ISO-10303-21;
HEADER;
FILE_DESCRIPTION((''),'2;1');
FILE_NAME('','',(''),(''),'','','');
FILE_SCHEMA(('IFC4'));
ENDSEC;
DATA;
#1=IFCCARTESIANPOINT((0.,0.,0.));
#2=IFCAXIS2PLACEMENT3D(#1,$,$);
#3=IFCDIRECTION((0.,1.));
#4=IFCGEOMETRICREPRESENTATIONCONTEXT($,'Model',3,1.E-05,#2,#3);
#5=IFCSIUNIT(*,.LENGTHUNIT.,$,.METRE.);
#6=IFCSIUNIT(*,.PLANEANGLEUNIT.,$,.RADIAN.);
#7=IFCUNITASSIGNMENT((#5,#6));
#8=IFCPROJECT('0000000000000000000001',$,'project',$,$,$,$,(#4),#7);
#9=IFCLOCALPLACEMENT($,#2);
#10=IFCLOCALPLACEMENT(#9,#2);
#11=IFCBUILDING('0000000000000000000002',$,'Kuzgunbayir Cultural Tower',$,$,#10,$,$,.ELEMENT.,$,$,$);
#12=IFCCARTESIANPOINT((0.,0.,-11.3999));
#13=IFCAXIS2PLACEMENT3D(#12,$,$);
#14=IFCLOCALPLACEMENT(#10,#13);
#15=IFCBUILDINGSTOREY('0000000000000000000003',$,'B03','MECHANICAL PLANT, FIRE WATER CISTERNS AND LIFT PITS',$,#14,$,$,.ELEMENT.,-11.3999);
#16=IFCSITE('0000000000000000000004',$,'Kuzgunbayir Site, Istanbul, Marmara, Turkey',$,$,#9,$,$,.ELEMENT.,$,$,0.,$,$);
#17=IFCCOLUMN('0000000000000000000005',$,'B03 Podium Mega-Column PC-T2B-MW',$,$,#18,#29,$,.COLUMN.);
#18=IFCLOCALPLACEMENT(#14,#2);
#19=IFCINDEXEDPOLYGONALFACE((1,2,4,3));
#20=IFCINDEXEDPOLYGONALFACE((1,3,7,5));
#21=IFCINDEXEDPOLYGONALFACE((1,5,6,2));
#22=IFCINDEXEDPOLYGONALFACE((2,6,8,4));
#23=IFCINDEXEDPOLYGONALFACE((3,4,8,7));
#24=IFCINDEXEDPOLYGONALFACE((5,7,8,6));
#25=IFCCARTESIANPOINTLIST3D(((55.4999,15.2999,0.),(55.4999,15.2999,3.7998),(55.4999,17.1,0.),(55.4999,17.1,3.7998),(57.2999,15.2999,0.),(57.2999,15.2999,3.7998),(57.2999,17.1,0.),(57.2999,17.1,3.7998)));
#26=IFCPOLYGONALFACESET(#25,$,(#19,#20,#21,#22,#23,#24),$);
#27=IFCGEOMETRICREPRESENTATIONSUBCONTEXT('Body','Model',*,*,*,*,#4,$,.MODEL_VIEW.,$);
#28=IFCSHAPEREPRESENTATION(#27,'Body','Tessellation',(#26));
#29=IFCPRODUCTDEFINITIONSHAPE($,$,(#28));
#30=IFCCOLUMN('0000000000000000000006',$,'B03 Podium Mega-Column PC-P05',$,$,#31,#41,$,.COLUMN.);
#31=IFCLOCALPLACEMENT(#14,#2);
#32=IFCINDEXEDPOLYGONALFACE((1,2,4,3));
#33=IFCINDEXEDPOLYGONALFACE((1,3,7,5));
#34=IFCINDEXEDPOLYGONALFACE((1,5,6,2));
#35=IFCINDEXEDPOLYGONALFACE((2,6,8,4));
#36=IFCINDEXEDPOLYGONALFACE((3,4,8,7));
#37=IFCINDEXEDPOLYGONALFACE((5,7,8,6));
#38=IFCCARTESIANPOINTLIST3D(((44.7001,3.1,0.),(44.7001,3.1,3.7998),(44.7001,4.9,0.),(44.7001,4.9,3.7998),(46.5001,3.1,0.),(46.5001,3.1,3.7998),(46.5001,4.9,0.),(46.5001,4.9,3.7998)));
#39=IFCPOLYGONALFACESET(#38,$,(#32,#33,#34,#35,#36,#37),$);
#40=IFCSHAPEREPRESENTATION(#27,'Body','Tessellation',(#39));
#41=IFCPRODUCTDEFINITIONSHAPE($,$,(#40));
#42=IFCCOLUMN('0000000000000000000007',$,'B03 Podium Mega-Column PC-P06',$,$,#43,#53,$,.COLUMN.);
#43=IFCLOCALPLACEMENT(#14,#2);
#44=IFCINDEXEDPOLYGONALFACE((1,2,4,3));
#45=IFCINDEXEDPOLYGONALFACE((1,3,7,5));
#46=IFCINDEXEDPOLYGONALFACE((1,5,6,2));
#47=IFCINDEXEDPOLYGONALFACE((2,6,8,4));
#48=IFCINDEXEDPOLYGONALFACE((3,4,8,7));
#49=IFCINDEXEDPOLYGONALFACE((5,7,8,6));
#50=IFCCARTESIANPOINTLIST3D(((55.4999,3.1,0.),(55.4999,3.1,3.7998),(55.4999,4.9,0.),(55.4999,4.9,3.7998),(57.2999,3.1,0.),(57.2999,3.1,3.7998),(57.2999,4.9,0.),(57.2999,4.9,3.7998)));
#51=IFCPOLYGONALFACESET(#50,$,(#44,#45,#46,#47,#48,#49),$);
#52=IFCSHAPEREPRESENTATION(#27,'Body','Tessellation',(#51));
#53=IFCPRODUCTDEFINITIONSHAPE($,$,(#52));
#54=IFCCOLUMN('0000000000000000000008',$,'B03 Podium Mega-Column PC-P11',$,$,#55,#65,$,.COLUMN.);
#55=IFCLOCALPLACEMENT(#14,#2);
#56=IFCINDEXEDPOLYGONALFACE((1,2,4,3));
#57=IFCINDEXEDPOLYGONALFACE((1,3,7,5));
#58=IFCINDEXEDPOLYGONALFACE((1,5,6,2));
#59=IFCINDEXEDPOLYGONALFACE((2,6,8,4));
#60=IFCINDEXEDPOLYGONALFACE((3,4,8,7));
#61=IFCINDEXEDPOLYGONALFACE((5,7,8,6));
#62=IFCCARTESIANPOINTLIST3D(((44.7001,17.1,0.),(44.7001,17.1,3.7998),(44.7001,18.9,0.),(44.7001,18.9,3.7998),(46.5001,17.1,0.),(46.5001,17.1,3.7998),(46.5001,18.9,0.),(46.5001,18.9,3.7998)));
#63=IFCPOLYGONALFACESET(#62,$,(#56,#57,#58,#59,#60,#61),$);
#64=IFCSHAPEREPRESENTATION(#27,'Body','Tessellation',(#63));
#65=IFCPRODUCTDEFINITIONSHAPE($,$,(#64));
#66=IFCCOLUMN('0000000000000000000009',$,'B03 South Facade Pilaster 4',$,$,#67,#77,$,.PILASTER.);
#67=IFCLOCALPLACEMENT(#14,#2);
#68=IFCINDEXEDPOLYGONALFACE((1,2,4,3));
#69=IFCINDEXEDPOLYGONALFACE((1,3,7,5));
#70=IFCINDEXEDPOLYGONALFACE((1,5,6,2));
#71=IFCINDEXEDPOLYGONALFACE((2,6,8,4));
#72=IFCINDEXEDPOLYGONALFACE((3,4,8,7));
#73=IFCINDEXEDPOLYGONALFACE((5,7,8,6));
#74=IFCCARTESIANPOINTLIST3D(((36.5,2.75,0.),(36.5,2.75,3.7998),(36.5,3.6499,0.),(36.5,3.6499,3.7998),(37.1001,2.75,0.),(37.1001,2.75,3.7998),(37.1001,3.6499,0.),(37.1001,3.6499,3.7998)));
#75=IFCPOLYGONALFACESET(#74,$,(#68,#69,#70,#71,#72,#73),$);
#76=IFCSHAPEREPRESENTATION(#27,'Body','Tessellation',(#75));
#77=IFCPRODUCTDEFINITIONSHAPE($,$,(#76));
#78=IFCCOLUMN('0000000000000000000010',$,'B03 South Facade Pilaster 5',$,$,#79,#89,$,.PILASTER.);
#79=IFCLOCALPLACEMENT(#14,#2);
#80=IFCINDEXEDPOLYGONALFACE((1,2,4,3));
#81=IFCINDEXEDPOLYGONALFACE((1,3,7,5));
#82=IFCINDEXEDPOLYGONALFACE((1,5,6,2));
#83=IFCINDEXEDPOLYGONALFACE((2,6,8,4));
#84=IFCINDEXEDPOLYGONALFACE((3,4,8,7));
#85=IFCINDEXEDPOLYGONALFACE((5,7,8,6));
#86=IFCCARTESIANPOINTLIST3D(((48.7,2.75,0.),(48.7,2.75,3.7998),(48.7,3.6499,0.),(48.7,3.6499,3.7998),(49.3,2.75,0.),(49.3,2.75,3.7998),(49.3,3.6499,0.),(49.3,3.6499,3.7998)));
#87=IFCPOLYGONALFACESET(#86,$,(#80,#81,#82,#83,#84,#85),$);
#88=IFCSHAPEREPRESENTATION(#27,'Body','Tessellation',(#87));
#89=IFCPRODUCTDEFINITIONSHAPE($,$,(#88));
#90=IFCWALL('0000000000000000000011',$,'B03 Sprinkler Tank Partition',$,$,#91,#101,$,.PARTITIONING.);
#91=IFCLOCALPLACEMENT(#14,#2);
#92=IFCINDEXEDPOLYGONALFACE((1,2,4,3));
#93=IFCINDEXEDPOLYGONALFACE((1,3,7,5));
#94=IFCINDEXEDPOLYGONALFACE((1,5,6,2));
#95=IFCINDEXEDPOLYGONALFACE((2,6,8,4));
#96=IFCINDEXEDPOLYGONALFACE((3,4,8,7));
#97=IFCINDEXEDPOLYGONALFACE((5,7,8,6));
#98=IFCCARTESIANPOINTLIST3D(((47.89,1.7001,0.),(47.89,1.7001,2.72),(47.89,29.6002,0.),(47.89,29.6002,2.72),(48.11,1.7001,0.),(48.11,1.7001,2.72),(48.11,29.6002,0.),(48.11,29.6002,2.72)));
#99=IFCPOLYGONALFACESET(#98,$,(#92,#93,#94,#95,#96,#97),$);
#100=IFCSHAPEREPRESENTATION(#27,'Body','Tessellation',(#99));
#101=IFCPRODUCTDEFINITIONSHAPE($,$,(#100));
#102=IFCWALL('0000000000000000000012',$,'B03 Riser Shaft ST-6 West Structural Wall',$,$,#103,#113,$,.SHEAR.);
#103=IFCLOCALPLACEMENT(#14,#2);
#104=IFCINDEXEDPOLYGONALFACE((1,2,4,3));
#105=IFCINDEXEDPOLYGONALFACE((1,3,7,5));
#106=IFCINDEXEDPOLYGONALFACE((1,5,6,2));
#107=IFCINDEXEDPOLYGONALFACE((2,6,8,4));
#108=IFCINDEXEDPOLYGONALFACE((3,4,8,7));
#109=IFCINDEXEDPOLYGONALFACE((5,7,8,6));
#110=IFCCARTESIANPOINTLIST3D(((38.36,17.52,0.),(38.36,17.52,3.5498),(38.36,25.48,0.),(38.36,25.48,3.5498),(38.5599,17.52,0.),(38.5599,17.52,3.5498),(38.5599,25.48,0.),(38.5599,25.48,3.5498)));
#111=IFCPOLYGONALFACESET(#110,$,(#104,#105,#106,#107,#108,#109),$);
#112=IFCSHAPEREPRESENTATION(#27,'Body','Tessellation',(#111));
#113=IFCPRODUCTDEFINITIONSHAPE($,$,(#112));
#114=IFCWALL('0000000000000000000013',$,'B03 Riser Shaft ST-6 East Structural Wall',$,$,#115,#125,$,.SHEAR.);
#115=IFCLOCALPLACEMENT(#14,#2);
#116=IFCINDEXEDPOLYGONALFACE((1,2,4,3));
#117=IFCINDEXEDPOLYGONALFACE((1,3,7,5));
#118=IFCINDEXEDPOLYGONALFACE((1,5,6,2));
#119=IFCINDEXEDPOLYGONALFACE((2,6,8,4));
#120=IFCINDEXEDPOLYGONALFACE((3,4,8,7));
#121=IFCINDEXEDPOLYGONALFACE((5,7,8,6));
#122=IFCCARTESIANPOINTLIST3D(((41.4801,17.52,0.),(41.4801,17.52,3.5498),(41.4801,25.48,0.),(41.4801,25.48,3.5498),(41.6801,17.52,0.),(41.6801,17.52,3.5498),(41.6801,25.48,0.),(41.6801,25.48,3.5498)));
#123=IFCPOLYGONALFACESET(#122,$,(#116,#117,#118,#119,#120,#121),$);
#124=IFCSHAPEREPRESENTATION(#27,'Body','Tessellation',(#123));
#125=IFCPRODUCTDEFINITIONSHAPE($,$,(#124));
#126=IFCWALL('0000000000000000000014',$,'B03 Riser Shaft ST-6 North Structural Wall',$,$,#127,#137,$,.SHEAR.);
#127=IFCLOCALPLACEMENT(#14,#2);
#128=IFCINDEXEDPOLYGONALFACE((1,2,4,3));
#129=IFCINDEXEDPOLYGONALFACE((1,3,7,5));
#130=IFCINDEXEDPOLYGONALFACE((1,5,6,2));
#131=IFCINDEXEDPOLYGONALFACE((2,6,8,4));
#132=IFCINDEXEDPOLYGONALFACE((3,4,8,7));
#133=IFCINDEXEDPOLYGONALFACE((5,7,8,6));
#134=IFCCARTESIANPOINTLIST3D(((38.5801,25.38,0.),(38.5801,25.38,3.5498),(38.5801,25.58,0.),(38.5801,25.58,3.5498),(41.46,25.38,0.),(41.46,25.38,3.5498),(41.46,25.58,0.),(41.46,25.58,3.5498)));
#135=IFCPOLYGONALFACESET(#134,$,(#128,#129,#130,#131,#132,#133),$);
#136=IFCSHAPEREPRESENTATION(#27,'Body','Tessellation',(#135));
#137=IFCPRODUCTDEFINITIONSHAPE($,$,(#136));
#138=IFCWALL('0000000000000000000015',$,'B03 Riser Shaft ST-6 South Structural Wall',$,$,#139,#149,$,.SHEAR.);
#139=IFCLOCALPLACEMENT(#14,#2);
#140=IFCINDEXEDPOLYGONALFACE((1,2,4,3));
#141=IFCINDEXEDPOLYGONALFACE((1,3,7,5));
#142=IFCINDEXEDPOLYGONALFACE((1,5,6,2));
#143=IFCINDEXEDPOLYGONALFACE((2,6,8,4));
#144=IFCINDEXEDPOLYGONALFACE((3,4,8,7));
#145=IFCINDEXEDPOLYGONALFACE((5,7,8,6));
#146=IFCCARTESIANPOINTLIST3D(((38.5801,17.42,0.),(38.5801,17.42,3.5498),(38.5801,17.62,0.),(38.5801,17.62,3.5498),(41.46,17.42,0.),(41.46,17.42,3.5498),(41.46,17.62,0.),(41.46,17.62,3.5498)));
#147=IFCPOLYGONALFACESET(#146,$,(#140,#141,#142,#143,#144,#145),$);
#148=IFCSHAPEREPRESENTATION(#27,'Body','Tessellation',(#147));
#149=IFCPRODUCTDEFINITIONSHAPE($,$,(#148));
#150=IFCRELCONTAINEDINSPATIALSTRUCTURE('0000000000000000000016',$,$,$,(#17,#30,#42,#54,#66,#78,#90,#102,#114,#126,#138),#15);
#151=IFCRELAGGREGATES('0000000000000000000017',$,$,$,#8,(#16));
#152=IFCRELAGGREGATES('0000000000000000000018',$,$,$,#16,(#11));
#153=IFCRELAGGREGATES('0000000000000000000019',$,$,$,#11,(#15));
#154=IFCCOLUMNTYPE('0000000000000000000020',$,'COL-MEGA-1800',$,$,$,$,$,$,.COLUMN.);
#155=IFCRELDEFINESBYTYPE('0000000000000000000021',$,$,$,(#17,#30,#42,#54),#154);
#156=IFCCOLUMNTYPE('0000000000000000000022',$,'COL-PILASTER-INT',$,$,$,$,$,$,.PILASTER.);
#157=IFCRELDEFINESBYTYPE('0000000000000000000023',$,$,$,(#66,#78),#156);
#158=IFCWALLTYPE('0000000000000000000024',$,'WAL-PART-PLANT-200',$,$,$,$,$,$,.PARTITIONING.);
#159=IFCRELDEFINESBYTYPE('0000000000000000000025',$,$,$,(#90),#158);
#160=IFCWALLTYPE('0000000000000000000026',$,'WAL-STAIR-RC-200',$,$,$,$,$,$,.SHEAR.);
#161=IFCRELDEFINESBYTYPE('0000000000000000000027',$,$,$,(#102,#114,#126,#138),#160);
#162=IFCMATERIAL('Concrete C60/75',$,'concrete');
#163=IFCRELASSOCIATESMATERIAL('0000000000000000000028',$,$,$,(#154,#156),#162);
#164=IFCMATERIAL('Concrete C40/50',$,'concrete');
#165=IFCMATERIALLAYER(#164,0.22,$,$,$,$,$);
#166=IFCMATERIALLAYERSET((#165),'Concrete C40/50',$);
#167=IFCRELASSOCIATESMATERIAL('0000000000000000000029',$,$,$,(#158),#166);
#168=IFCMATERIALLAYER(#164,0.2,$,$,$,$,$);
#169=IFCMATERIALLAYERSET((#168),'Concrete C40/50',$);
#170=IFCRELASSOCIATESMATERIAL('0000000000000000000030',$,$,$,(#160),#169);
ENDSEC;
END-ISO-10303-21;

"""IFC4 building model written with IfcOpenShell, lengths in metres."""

from ifc_helpers import new_model, si_unit, direction, frame, frame_2d, origin, origin_2d, place, context, subcontext, project, spatial, rectangle, extrude, material, layer, layer_set, material_profile, profile_set, type_object, element, save


model = new_model("IFC4")

# Units and contexts
model_context = context("Model", 3, precision=1e-05, world=origin(), true_north=direction((0.0, 1.0)))
body_context = subcontext(model_context, "Body", "Model", "MODEL_VIEW")
ifc_project = project(units=[si_unit("LENGTHUNIT", "METRE"), si_unit("PLANEANGLEUNIT", "RADIAN")], contexts=[model_context])

# Site, building, storey
site_placement = place(None, origin())
site = spatial("IfcSite", under=ifc_project, at=site_placement, Name="Kuzgunbayir Site, Istanbul, Marmara, Turkey", CompositionType="ELEMENT", RefElevation=0.0)
building_placement = place(site_placement, origin())
building = spatial("IfcBuilding", under=site, at=building_placement, Name="Kuzgunbayir Cultural Tower", CompositionType="ELEMENT")
storey_placement = place(building_placement, frame((0.0, 0.0, -11.3999)))
storey = spatial("IfcBuildingStorey", under=building, at=storey_placement, Name="B03", Description="MECHANICAL PLANT, FIRE WATER CISTERNS AND LIFT PITS", CompositionType="ELEMENT", Elevation=-11.3999)

# Shared definitions
ifc_material_1 = material(Name="Concrete C40/50", Category="concrete")

# Columns
ifc_material_2 = material(Name="Concrete C60/75", Category="concrete")
ifc_material_profile_1 = material_profile(ifc_material_2, rectangle(XDim=1.8, YDim=1.8, at=origin_2d()), Name="RC 1800x1800")
ifc_profile_set_1 = profile_set([ifc_material_profile_1], Name="Concrete C60/75")
column_type_1 = type_object("IfcColumnType", Name="COL-MEGA-1800", PredefinedType="COLUMN", material=ifc_profile_set_1)
for number, where, z_axis, x_axis, name in (
    (1, (56.3999, 16.2, 0.0), (0.0, 0.0, 1.0), (1.0, 0.0, 0.0), "B03 Podium Mega-Column PC-T2B-MW"),
    (2, (45.6001, 4.0, 0.0), (0.0, 0.0, 1.0), (1.0, 0.0, 0.0), "B03 Podium Mega-Column PC-P05"),
    (3, (56.3999, 4.0, 0.0), (0.0, 0.0, 1.0), (1.0, 0.0, 0.0), "B03 Podium Mega-Column PC-P06"),
    (4, (45.6001, 18.0, 0.0), (0.0, 0.0, 1.0), (1.0, 0.0, 0.0), "B03 Podium Mega-Column PC-P11"),
):
    element("IfcColumn", number, at=place(storey_placement, frame(where, z_axis=z_axis, x_axis=x_axis)), inside=storey, type_object=column_type_1, Name=name, PredefinedType="COLUMN", context=body_context, shape_type="SweptSolid", body=[
        extrude(rectangle(XDim=1.8, YDim=1.8, at=origin_2d()), origin(), (0.0, 0.0, 1.0), 3.7998),
    ])
ifc_material_profile_2 = material_profile(ifc_material_2, rectangle(XDim=0.6001, YDim=0.8999, at=origin_2d()), Name="RC 600x900")
ifc_profile_set_2 = profile_set([ifc_material_profile_2], Name="Concrete C60/75")
column_type_2 = type_object("IfcColumnType", Name="COL-PILASTER-INT", PredefinedType="PILASTER", material=ifc_profile_set_2)
for number, where, z_axis, x_axis, name in (
    (5, (36.8, 3.2, 0.0), (0.0, 0.0, 1.0), (1.0, 0.0, 0.0), "B03 South Facade Pilaster 4"),
    (6, (49.0, 3.2, 0.0), (0.0, 0.0, 1.0), (1.0, 0.0, 0.0), "B03 South Facade Pilaster 5"),
):
    element("IfcColumn", number, at=place(storey_placement, frame(where, z_axis=z_axis, x_axis=x_axis)), inside=storey, type_object=column_type_2, Name=name, PredefinedType="PILASTER", context=body_context, shape_type="SweptSolid", body=[
        extrude(rectangle(XDim=0.6001, YDim=0.8999, at=origin_2d()), origin(), (0.0, 0.0, 1.0), 3.7998),
    ])

# Walls
ifc_layer_1 = layer(ifc_material_1, 0.22)
ifc_layer_set_1 = layer_set([ifc_layer_1], Name="Concrete C40/50")
wall_type_1 = type_object("IfcWallType", Name="WAL-PART-PLANT-200", PredefinedType="PARTITIONING", material=ifc_layer_set_1)
wall_placement = place(storey_placement, frame((48.0, 1.7, 0.0), z_axis=(0.0, 0.0, 1.0), x_axis=(0.0, 1.0, 0.0)))
element("IfcWall", 7, at=wall_placement, inside=storey, type_object=wall_type_1, Name="B03 Sprinkler Tank Partition", PredefinedType="PARTITIONING", context=body_context, shape_type="SweptSolid", body=[
    extrude(rectangle(XDim=27.9001, YDim=0.22, at=frame_2d((13.9502, 0.0))), origin(), (0.0, 0.0, 1.0), 2.72),
])
ifc_layer_2 = layer(ifc_material_1, 0.2)
ifc_layer_set_2 = layer_set([ifc_layer_2], Name="Concrete C40/50")
wall_type_2 = type_object("IfcWallType", Name="WAL-STAIR-RC-200", PredefinedType="SHEAR", material=ifc_layer_set_2)
for number, where, z_axis, x_axis, name in (
    (8, (38.46, 17.52, 0.0), (0.0, 0.0, 1.0), (0.0, 1.0, 0.0), "B03 Riser Shaft ST-6 West Structural Wall"),
    (9, (41.5801, 17.52, 0.0), (0.0, 0.0, 1.0), (0.0, 1.0, 0.0), "B03 Riser Shaft ST-6 East Structural Wall"),
):
    element("IfcWall", number, at=place(storey_placement, frame(where, z_axis=z_axis, x_axis=x_axis)), inside=storey, type_object=wall_type_2, Name=name, PredefinedType="SHEAR", context=body_context, shape_type="SweptSolid", body=[
        extrude(rectangle(XDim=7.96, YDim=0.2, at=frame_2d((3.98, 0.0))), origin(), (0.0, 0.0, 1.0), 3.5498),
    ])
for number, where, z_axis, x_axis, name in (
    (10, (38.5801, 25.48, 0.0), (0.0, 0.0, 1.0), (1.0, 0.0, 0.0), "B03 Riser Shaft ST-6 North Structural Wall"),
    (11, (38.5801, 17.52, 0.0), (0.0, 0.0, 1.0), (1.0, 0.0, 0.0), "B03 Riser Shaft ST-6 South Structural Wall"),
):
    element("IfcWall", number, at=place(storey_placement, frame(where, z_axis=z_axis, x_axis=x_axis)), inside=storey, type_object=wall_type_2, Name=name, PredefinedType="SHEAR", context=body_context, shape_type="SweptSolid", body=[
        extrude(rectangle(XDim=2.8799, YDim=0.2, at=frame_2d((1.4399, 0.0))), origin(), (0.0, 0.0, 1.0), 3.5498),
    ])

save(model, "model.ifc")
